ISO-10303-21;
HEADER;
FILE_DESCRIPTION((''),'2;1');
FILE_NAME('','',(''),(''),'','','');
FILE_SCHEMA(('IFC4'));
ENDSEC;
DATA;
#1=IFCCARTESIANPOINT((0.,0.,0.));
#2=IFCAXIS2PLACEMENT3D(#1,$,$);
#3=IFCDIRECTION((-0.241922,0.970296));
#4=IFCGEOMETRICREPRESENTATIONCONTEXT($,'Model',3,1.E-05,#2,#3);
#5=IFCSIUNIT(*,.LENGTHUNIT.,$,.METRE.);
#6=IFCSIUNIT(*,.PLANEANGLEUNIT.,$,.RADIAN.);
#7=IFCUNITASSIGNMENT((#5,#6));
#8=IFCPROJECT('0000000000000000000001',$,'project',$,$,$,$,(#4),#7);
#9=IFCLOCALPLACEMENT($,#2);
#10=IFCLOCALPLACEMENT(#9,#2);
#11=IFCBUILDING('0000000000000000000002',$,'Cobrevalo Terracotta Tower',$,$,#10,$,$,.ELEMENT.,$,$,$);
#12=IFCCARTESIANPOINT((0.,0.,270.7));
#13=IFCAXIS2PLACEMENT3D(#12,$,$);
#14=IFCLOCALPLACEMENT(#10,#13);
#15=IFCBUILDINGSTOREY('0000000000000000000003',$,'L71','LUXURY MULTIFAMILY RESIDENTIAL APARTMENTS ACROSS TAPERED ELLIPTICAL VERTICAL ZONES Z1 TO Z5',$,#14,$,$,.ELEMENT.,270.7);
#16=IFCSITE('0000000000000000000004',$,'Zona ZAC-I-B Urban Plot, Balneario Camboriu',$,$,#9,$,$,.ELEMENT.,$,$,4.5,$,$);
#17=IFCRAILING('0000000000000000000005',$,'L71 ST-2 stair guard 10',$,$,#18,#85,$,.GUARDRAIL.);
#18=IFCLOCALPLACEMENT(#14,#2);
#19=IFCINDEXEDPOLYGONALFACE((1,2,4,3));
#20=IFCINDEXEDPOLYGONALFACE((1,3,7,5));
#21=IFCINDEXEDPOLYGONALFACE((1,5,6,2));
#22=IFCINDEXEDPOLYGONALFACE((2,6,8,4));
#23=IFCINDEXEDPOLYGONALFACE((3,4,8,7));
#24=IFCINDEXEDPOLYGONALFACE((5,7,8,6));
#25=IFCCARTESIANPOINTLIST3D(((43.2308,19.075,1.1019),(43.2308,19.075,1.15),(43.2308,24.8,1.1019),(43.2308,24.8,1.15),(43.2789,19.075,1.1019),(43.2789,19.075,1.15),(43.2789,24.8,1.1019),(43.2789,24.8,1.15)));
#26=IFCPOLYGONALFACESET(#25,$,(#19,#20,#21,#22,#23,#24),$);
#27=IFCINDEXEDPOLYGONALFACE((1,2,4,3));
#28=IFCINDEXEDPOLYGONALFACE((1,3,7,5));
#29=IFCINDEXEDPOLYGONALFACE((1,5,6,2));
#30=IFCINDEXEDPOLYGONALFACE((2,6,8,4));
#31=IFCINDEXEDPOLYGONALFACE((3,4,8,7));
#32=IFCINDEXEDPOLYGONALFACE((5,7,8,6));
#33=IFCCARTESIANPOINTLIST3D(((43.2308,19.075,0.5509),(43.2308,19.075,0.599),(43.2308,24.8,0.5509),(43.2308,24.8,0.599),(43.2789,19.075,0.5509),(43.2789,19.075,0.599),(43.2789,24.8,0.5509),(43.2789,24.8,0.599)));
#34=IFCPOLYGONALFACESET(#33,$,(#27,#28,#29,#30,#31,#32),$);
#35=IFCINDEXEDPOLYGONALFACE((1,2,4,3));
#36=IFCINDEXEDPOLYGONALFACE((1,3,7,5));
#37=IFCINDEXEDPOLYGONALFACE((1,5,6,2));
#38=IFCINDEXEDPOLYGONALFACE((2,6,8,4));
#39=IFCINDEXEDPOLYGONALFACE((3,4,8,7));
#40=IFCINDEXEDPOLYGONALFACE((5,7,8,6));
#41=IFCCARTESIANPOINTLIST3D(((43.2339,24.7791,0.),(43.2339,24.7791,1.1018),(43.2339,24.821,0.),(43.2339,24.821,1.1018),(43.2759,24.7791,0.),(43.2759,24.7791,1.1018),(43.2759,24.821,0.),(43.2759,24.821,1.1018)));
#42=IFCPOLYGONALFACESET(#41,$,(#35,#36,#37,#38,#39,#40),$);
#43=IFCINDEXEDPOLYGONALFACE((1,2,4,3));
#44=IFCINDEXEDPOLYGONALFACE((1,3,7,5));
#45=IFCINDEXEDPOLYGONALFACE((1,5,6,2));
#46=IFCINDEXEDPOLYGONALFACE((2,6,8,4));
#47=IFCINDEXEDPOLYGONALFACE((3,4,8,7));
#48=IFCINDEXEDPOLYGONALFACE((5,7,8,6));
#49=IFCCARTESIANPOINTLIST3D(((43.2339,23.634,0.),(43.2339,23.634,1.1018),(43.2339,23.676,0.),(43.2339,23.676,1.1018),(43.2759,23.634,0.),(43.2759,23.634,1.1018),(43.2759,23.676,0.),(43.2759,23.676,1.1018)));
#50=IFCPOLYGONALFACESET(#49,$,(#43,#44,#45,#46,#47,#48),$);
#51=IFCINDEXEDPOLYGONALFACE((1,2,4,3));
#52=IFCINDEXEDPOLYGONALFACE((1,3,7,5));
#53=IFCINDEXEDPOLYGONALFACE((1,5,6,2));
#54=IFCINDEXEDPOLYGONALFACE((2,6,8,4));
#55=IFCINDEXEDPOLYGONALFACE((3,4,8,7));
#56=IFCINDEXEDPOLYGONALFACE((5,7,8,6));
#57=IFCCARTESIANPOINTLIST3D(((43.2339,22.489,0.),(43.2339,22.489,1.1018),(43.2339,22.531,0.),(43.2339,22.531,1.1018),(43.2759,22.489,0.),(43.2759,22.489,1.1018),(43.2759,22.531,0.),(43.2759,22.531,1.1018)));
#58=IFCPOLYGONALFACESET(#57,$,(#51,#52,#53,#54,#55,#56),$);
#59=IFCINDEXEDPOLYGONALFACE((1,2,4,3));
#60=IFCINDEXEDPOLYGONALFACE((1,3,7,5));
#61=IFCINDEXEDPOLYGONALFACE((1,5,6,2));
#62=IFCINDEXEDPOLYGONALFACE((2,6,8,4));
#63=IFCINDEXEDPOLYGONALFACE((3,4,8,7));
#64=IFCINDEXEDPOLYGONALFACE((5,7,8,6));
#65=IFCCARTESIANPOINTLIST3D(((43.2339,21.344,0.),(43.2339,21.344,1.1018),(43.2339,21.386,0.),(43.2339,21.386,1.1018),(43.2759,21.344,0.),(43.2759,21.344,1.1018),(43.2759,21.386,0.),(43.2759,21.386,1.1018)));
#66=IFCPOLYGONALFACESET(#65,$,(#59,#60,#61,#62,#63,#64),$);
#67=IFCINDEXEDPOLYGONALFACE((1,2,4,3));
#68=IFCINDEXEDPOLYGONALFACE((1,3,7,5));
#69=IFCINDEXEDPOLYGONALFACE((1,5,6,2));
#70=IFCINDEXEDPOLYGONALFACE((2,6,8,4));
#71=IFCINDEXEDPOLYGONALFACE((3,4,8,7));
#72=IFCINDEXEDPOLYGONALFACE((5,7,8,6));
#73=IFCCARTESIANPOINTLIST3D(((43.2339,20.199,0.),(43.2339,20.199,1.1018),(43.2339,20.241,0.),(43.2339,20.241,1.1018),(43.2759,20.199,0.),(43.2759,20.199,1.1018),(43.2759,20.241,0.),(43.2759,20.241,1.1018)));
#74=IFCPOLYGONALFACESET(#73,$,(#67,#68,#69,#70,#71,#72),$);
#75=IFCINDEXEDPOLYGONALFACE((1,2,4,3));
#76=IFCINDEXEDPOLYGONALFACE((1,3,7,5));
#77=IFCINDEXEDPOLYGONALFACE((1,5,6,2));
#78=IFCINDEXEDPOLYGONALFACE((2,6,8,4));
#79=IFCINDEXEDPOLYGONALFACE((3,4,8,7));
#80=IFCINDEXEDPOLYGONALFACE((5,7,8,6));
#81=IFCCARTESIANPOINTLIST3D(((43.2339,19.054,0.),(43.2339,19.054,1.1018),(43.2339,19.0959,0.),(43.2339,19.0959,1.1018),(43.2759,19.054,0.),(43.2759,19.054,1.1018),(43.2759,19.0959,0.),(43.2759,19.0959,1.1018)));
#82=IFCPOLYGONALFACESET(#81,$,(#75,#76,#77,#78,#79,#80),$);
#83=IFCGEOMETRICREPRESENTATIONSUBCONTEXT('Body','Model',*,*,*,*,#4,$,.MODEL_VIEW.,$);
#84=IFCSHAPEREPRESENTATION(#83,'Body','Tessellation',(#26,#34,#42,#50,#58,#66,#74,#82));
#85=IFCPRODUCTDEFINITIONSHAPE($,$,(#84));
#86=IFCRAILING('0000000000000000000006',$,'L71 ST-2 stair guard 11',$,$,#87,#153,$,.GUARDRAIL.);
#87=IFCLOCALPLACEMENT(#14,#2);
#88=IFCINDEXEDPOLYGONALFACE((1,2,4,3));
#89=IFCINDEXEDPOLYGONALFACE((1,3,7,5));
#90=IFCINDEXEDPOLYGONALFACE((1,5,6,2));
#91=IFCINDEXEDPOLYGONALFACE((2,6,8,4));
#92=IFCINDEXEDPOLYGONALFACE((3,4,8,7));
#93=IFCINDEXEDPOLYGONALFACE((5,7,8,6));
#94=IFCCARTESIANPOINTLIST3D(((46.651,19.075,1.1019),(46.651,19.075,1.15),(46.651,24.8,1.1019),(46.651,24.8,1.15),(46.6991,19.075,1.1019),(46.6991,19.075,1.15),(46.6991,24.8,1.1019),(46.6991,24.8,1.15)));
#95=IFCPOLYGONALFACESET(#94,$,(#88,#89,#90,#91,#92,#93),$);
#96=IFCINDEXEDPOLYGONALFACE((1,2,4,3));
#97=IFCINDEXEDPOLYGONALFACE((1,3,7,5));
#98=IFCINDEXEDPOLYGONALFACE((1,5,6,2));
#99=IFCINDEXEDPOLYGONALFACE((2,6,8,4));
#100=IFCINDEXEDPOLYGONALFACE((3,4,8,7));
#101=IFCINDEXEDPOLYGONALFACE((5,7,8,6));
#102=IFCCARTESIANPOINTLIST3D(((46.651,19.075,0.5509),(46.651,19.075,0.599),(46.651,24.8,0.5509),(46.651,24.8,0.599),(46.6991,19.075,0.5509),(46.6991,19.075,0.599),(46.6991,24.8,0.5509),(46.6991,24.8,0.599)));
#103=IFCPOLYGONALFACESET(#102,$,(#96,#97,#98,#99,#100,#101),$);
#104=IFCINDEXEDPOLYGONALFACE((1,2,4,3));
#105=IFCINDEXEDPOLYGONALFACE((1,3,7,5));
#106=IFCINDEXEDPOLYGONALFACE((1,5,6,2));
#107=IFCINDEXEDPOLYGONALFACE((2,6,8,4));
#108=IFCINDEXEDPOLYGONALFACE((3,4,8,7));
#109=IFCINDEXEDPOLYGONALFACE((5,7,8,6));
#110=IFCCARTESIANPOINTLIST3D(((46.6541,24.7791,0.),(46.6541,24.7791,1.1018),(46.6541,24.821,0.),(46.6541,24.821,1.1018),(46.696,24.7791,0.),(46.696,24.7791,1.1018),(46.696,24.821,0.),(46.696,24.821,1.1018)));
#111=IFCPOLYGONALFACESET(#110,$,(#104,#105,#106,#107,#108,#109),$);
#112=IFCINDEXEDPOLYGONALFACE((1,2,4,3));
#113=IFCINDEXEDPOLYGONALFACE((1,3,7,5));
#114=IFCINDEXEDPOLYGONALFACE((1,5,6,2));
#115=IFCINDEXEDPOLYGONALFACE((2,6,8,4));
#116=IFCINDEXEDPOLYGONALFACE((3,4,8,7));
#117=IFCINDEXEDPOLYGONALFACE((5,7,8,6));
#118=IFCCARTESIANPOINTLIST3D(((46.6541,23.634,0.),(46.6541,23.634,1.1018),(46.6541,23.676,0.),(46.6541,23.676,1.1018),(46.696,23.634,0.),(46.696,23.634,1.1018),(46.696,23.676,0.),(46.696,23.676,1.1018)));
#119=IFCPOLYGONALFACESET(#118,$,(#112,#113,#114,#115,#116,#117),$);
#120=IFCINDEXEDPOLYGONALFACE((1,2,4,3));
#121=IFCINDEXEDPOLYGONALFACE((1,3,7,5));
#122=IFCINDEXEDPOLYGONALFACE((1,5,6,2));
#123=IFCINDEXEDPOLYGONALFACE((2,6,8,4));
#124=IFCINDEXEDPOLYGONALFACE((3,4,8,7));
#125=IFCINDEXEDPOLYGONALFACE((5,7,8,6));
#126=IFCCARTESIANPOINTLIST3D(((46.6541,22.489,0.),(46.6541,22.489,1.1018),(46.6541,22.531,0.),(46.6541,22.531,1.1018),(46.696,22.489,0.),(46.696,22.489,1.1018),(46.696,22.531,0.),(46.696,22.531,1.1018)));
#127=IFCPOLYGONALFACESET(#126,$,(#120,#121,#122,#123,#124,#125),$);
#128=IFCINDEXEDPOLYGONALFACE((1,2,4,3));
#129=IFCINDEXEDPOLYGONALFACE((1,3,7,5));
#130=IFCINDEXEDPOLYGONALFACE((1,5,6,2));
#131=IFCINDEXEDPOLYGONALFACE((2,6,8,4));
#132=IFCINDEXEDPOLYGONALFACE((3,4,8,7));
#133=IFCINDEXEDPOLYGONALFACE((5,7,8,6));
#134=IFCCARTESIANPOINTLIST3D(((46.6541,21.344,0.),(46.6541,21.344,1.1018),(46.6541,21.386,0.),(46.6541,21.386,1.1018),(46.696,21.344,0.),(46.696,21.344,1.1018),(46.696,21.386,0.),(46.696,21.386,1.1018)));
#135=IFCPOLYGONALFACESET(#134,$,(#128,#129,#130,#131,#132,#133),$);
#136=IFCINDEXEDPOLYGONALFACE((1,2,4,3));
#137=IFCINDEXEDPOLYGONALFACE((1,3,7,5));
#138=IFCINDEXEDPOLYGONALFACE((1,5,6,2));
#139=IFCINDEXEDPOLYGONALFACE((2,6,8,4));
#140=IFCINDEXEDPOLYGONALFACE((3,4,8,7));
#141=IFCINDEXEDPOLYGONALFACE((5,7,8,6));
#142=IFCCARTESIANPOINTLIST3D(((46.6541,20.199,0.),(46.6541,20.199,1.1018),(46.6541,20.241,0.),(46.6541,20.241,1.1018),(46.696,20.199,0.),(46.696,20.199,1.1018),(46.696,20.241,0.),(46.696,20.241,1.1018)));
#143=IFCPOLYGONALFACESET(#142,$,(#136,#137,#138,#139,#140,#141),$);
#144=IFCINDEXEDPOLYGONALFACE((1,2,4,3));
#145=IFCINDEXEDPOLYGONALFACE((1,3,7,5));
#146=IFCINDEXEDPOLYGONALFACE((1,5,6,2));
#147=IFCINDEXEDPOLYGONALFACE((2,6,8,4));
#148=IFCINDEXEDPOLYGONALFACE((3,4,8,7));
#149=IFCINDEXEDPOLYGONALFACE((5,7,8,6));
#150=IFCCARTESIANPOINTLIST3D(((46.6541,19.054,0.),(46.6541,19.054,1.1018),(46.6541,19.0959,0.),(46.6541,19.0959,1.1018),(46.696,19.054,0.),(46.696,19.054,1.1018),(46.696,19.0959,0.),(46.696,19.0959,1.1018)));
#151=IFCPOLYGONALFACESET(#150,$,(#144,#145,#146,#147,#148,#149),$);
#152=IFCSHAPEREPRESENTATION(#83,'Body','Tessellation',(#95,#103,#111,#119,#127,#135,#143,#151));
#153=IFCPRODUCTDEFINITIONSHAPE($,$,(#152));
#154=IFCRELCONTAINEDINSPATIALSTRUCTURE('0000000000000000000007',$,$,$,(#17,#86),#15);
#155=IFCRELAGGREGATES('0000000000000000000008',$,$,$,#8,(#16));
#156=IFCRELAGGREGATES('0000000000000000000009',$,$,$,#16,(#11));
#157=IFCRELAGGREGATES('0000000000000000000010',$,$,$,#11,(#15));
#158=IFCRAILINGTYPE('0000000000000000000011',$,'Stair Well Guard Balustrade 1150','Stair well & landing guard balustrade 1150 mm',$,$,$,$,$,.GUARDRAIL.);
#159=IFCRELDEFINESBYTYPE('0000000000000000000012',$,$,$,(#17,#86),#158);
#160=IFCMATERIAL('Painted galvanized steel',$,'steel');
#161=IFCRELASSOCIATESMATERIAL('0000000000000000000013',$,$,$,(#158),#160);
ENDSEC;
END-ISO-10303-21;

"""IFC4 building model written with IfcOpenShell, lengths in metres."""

from ifc_helpers import new_model, si_unit, direction, frame, origin, origin_2d, place, context, subcontext, project, spatial, rectangle, extrude, material, type_object, element, save


model = new_model("IFC4")

# Units and contexts
model_context = context("Model", 3, precision=1e-05, world=origin(), true_north=direction((-0.241922, 0.970296)))
body_context = subcontext(model_context, "Body", "Model", "MODEL_VIEW")
ifc_project = project(units=[si_unit("LENGTHUNIT", "METRE"), si_unit("PLANEANGLEUNIT", "RADIAN")], contexts=[model_context])

# Site, building, storey
site_placement = place(None, origin())
site = spatial("IfcSite", under=ifc_project, at=site_placement, Name="Zona ZAC-I-B Urban Plot, Balneario Camboriu", CompositionType="ELEMENT", RefElevation=4.5)
building_placement = place(site_placement, origin())
building = spatial("IfcBuilding", under=site, at=building_placement, Name="Cobrevalo Terracotta Tower", CompositionType="ELEMENT")
storey_placement = place(building_placement, frame((0.0, 0.0, 270.7)))
storey = spatial("IfcBuildingStorey", under=building, at=storey_placement, Name="L71", Description="LUXURY MULTIFAMILY RESIDENTIAL APARTMENTS ACROSS TAPERED ELLIPTICAL VERTICAL ZONES Z1 TO Z5", CompositionType="ELEMENT", Elevation=270.7)

# Railings
ifc_material_1 = material(Name="Painted galvanized steel", Category="steel")
railing_type_1 = type_object("IfcRailingType", Name="Stair Well Guard Balustrade 1150", Description="Stair well & landing guard balustrade 1150 mm", PredefinedType="GUARDRAIL", material=ifc_material_1)
for number, where, name in (
    (1, (43.2549, 24.8, 0.0), "L71 ST-2 stair guard 10"),
    (2, (46.675, 24.8, 0.0), "L71 ST-2 stair guard 11"),
):
    element("IfcRailing", number, at=place(storey_placement, frame(where)), inside=storey, type_object=railing_type_1, Name=name, PredefinedType="GUARDRAIL", context=body_context, shape_type="SweptSolid", body=[
        extrude(rectangle(XDim=0.0481, YDim=0.0481, at=origin_2d()), frame((0.0, 0.0, 1.126), z_axis=(0.0, -1.0, 0.0), x_axis=(1.0, 0.0, 0.0)), (0.0, 0.0, 1.0), 5.7251),
        extrude(rectangle(XDim=0.0481, YDim=0.0481, at=origin_2d()), frame((0.0, 0.0, 0.575), z_axis=(0.0, -1.0, 0.0), x_axis=(1.0, 0.0, 0.0)), (0.0, 0.0, 1.0), 5.7251),
        extrude(rectangle(XDim=0.042, YDim=0.042, at=origin_2d()), origin(), (0.0, 0.0, 1.0), 1.1018),
        extrude(rectangle(XDim=0.042, YDim=0.042, at=origin_2d()), frame((0.0, -1.145, 0.0)), (0.0, 0.0, 1.0), 1.1018),
        extrude(rectangle(XDim=0.042, YDim=0.042, at=origin_2d()), frame((0.0, -2.29, 0.0)), (0.0, 0.0, 1.0), 1.1018),
        extrude(rectangle(XDim=0.042, YDim=0.042, at=origin_2d()), frame((0.0, -3.4351, 0.0)), (0.0, 0.0, 1.0), 1.1018),
        extrude(rectangle(XDim=0.042, YDim=0.042, at=origin_2d()), frame((0.0, -4.5801, 0.0)), (0.0, 0.0, 1.0), 1.1018),
        extrude(rectangle(XDim=0.042, YDim=0.042, at=origin_2d()), frame((0.0, -5.7251, 0.0)), (0.0, 0.0, 1.0), 1.1018),
    ])

save(model, "model.ifc")
